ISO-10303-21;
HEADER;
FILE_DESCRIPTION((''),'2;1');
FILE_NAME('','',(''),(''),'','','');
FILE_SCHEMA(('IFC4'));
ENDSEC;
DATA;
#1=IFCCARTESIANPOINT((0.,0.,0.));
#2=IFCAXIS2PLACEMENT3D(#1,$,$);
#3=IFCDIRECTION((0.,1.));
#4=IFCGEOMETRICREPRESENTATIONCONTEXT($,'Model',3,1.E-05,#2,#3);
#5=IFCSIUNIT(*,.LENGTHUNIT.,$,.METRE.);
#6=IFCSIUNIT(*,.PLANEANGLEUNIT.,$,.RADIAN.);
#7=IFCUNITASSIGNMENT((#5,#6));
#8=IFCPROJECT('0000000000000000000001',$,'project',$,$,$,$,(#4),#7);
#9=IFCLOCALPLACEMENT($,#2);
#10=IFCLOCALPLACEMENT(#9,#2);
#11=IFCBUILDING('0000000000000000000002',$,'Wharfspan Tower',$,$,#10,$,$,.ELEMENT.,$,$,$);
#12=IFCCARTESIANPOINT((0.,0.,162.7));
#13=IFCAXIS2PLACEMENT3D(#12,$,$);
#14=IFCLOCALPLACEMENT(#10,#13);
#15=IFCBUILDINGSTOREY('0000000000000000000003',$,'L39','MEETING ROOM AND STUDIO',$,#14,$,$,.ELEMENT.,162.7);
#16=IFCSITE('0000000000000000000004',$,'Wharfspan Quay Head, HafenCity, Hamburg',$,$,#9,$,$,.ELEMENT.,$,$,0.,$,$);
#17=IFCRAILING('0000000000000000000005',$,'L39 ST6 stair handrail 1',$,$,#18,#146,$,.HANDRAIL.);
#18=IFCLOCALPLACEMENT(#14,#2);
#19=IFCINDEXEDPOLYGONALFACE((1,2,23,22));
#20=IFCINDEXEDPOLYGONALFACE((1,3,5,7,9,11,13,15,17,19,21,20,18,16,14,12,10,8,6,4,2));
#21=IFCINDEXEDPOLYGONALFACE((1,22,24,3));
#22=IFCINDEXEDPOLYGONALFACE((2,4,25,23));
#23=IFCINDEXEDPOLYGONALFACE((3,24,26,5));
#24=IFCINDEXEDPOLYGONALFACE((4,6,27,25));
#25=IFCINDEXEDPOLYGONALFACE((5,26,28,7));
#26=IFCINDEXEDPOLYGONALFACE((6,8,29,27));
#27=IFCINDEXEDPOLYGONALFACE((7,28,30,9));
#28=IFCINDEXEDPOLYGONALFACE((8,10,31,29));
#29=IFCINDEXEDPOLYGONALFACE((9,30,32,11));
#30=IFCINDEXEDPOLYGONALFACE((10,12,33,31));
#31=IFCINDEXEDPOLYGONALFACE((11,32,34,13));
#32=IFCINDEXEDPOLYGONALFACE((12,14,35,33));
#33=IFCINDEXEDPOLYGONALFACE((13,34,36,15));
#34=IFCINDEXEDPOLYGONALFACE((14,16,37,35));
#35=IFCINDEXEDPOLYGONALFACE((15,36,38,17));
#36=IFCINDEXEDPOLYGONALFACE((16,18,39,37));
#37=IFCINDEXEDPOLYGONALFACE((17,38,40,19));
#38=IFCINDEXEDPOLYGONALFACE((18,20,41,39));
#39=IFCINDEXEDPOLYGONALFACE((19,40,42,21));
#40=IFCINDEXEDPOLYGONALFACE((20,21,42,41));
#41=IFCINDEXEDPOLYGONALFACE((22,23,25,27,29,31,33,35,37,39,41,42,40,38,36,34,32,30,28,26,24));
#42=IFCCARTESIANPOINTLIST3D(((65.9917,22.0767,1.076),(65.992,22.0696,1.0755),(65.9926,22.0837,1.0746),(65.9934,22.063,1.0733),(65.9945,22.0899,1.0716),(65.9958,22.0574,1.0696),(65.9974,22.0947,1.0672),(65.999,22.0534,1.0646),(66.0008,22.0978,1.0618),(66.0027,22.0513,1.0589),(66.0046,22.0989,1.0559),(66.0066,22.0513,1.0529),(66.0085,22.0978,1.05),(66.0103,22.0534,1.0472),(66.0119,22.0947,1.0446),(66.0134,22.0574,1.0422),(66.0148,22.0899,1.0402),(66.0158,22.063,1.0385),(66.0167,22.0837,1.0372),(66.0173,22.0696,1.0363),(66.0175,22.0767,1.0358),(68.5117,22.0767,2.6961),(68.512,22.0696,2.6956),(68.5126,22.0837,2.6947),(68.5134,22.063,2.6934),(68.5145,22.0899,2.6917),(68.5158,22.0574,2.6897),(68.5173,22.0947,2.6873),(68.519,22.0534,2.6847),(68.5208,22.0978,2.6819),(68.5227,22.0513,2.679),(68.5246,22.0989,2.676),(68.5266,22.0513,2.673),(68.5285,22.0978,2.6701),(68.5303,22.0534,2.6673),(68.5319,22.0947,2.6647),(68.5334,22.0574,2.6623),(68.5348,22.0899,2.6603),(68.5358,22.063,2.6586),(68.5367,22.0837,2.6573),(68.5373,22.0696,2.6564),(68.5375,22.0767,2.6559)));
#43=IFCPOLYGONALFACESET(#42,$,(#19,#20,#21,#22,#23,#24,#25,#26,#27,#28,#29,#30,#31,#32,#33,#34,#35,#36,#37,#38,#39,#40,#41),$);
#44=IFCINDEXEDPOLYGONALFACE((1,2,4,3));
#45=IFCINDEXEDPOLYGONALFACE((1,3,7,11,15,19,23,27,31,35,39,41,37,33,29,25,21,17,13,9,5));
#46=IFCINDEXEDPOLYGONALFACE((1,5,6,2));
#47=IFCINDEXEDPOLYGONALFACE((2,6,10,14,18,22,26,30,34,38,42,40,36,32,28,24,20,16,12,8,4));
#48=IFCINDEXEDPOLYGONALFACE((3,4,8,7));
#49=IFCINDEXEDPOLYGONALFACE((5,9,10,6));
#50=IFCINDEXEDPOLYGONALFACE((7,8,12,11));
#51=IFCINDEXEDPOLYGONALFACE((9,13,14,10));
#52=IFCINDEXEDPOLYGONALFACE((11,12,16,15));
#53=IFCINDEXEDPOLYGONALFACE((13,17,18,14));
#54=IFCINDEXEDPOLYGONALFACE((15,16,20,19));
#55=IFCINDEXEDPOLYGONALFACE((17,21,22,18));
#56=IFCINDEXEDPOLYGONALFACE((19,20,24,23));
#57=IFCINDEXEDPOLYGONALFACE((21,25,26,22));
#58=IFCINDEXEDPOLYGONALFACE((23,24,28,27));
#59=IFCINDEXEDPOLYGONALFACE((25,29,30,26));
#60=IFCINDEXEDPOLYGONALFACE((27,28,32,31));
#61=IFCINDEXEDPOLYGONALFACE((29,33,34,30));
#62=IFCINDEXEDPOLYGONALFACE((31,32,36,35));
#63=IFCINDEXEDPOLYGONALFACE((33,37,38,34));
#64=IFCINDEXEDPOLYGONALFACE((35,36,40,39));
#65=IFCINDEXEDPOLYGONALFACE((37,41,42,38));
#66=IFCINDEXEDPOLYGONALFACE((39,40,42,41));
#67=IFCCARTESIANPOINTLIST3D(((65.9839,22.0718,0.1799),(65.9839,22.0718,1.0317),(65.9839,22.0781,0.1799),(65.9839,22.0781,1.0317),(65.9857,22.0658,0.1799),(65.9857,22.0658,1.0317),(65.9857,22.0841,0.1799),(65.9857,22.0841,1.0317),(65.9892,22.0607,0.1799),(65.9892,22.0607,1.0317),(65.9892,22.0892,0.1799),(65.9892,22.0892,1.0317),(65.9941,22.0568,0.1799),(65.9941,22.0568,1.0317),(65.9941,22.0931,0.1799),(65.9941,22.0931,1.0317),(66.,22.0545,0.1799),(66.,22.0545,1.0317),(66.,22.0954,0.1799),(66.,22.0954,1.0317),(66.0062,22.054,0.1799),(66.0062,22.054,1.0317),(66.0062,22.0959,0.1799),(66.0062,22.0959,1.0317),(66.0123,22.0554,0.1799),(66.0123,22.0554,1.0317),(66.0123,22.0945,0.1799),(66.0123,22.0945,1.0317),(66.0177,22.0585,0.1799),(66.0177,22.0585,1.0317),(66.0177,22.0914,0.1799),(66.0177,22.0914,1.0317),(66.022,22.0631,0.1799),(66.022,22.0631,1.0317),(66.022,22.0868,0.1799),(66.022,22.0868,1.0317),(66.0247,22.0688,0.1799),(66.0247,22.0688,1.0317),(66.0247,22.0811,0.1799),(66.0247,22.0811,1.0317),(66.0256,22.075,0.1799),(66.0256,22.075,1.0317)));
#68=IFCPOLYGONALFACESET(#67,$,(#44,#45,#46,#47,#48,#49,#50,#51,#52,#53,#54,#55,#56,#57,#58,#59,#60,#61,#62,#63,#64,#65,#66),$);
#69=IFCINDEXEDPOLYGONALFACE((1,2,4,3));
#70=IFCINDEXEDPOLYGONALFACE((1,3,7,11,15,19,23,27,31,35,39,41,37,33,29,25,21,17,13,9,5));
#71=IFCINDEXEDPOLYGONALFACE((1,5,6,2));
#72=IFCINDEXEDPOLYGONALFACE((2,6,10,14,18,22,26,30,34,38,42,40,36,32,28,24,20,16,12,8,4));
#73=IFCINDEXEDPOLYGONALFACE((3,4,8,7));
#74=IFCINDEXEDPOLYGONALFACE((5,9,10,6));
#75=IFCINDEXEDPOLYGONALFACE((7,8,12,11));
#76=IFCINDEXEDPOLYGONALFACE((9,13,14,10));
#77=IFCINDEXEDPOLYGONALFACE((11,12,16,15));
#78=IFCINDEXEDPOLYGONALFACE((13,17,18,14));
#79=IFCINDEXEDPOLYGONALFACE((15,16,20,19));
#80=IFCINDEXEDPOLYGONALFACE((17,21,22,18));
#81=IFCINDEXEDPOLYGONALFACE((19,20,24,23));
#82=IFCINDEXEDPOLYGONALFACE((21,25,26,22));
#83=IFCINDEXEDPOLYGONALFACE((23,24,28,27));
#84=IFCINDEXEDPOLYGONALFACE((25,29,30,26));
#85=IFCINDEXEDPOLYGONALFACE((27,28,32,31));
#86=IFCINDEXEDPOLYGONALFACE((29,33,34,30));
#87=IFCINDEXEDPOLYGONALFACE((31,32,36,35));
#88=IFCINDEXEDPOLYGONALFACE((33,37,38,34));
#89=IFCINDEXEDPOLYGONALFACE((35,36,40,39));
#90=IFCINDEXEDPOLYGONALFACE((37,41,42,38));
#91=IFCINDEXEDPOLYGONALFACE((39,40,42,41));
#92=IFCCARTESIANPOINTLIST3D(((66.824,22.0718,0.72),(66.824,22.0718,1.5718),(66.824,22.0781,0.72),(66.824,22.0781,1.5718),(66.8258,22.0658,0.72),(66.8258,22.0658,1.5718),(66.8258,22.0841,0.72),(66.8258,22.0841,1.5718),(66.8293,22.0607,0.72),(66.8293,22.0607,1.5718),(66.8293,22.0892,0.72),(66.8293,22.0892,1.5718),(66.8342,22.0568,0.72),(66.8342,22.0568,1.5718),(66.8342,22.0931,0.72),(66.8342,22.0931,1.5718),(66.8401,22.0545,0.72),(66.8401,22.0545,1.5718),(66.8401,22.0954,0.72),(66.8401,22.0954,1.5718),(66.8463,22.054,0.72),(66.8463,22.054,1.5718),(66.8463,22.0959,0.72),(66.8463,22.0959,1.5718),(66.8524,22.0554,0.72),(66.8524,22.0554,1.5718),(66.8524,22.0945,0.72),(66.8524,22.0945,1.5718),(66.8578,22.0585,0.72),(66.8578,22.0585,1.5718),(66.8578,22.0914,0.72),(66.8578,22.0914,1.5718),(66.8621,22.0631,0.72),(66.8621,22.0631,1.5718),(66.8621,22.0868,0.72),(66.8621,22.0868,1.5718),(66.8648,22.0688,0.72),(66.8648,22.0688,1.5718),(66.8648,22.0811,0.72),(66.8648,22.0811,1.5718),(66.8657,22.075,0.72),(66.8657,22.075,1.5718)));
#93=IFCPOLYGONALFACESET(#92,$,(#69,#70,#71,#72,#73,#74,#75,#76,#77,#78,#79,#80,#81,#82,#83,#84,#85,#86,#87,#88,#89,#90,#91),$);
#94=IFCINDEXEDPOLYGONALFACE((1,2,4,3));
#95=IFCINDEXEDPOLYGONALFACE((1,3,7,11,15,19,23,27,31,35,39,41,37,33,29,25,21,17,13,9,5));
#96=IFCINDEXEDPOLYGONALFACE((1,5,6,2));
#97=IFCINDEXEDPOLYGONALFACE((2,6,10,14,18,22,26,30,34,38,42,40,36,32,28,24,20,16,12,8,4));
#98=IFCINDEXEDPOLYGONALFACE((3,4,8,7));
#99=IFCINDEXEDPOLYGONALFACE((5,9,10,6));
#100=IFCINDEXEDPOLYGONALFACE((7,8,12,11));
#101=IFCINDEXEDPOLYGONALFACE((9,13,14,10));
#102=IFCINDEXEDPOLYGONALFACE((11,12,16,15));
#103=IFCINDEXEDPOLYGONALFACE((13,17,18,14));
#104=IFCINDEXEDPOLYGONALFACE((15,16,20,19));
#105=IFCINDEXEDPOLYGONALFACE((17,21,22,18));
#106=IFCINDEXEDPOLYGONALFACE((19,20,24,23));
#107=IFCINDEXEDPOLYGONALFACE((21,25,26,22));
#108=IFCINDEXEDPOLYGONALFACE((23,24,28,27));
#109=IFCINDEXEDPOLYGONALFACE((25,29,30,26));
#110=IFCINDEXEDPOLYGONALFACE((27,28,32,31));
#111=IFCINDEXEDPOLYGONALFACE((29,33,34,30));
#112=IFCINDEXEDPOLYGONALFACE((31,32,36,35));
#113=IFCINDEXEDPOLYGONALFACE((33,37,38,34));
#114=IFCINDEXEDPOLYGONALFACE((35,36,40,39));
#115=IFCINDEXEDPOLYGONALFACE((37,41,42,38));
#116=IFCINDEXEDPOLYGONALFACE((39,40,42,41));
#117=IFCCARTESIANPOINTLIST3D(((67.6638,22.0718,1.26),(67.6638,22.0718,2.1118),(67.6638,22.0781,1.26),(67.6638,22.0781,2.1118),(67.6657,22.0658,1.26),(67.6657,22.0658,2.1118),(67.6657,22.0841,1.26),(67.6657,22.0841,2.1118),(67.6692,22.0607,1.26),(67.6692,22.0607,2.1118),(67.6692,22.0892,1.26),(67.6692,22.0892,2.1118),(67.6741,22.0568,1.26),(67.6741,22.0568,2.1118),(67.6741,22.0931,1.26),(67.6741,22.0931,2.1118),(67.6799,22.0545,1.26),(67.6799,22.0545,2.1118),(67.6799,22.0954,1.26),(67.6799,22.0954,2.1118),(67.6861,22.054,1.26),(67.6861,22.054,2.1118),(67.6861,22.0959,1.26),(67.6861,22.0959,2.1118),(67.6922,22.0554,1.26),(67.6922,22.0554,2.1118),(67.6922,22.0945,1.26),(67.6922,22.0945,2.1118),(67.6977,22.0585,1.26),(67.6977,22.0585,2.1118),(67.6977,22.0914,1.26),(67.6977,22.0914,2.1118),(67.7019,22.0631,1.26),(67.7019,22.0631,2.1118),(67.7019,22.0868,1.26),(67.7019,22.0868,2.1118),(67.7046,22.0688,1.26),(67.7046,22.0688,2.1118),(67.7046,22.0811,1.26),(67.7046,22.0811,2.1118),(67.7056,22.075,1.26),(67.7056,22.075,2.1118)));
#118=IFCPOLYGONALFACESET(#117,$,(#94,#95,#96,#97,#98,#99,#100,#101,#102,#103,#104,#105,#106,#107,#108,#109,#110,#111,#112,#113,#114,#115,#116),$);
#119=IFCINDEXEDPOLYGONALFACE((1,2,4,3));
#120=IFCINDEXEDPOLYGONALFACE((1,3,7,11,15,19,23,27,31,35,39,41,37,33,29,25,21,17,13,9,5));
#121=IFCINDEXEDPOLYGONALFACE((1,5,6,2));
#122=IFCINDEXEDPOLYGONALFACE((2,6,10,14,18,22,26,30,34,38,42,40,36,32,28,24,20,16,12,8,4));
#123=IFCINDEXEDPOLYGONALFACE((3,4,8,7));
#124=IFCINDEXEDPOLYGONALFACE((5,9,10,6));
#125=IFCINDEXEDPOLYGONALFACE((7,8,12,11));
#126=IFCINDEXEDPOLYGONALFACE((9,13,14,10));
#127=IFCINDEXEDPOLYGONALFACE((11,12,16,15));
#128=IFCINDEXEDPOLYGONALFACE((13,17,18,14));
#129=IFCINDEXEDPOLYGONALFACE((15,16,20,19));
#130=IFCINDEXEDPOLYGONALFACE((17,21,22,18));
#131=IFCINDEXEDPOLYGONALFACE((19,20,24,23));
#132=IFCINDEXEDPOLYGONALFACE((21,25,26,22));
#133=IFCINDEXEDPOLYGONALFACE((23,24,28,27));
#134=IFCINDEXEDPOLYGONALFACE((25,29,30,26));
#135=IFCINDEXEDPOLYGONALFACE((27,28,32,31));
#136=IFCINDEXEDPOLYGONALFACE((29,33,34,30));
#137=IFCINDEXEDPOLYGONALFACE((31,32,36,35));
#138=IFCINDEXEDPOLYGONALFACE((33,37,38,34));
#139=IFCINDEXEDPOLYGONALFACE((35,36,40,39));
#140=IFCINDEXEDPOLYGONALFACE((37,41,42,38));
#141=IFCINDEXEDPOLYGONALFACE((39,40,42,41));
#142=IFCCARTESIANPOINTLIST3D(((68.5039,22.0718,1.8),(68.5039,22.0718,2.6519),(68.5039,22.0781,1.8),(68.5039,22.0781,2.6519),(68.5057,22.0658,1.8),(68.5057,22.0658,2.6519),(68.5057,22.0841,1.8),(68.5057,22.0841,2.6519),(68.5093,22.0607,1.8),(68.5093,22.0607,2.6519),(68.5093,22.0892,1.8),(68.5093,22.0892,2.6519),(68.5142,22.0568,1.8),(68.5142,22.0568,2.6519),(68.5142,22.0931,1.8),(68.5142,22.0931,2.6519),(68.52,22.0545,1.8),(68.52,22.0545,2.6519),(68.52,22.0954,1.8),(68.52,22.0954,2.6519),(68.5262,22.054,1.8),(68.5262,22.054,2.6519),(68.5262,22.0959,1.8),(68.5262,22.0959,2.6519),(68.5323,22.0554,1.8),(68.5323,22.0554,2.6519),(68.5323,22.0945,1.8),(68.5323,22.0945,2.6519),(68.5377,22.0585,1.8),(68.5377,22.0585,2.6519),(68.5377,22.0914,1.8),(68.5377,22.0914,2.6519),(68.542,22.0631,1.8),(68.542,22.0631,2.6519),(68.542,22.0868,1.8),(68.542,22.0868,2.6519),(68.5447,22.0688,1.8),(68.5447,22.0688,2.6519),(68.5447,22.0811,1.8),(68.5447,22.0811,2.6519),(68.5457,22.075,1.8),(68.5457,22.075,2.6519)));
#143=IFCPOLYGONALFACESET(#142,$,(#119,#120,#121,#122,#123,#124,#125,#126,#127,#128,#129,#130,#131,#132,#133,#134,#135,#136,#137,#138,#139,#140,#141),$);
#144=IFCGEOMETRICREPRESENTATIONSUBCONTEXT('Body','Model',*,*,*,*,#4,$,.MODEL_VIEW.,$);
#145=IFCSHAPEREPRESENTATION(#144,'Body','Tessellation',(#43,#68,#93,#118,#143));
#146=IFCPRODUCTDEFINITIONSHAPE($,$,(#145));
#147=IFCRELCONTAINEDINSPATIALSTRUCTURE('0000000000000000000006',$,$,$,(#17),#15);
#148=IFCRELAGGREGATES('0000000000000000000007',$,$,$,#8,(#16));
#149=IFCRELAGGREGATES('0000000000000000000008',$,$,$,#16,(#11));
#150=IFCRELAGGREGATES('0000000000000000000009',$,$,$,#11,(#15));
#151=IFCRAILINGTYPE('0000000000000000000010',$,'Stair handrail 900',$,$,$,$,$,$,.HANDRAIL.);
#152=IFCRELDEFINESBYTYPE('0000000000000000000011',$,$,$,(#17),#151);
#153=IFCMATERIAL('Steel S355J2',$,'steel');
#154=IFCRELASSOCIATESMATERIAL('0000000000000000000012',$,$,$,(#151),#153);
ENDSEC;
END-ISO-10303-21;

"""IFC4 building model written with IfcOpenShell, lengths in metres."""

from ifc_helpers import new_model, si_unit, direction, frame, origin, origin_2d, place, context, subcontext, project, spatial, circle, extrude, material, type_object, element, save


model = new_model("IFC4")

# Units and contexts
model_context = context("Model", 3, precision=1e-05, world=origin(), true_north=direction((0.0, 1.0)))
body_context = subcontext(model_context, "Body", "Model", "MODEL_VIEW")
ifc_project = project(units=[si_unit("LENGTHUNIT", "METRE"), si_unit("PLANEANGLEUNIT", "RADIAN")], contexts=[model_context])

# Site, building, storey
site_placement = place(None, origin())
site = spatial("IfcSite", under=ifc_project, at=site_placement, Name="Wharfspan Quay Head, HafenCity, Hamburg", CompositionType="ELEMENT", RefElevation=0.0)
building_placement = place(site_placement, origin())
building = spatial("IfcBuilding", under=site, at=building_placement, Name="Wharfspan Tower", CompositionType="ELEMENT")
storey_placement = place(building_placement, frame((0.0, 0.0, 162.7)))
storey = spatial("IfcBuildingStorey", under=building, at=storey_placement, Name="L39", Description="MEETING ROOM AND STUDIO", CompositionType="ELEMENT", Elevation=162.7)

# Railing
ifc_material_1 = material(Name="Steel S355J2", Category="steel")
railing_type_1 = type_object("IfcRailingType", Name="Stair handrail 900", PredefinedType="HANDRAIL", material=ifc_material_1)
railing_1_placement = place(storey_placement, frame((66.0046, 22.075, 0.1799)))
element("IfcRailing", 1, at=railing_1_placement, inside=storey, type_object=railing_type_1, Name="L39 ST6 stair handrail 1", PredefinedType="HANDRAIL", context=body_context, shape_type="SweptSolid", body=[
    extrude(circle(Radius=0.0239, at=origin_2d()), frame((0.0, 0.0, 0.876), z_axis=(0.841163, 0.0, 0.540782), x_axis=(0.0, 1.0, 0.0)), (0.0, 0.0, 1.0), 2.9958),
    extrude(circle(Radius=0.021, at=origin_2d()), origin(), (0.0, 0.0, 1.0), 0.8518),
    extrude(circle(Radius=0.021, at=origin_2d()), frame((0.8401, 0.0, 0.54)), (0.0, 0.0, 1.0), 0.8518),
    extrude(circle(Radius=0.021, at=origin_2d()), frame((1.6799, 0.0, 1.0801)), (0.0, 0.0, 1.0), 0.8518),
    extrude(circle(Radius=0.021, at=origin_2d()), frame((2.52, 0.0, 1.6201)), (0.0, 0.0, 1.0), 0.8518),
])

save(model, "model.ifc")
